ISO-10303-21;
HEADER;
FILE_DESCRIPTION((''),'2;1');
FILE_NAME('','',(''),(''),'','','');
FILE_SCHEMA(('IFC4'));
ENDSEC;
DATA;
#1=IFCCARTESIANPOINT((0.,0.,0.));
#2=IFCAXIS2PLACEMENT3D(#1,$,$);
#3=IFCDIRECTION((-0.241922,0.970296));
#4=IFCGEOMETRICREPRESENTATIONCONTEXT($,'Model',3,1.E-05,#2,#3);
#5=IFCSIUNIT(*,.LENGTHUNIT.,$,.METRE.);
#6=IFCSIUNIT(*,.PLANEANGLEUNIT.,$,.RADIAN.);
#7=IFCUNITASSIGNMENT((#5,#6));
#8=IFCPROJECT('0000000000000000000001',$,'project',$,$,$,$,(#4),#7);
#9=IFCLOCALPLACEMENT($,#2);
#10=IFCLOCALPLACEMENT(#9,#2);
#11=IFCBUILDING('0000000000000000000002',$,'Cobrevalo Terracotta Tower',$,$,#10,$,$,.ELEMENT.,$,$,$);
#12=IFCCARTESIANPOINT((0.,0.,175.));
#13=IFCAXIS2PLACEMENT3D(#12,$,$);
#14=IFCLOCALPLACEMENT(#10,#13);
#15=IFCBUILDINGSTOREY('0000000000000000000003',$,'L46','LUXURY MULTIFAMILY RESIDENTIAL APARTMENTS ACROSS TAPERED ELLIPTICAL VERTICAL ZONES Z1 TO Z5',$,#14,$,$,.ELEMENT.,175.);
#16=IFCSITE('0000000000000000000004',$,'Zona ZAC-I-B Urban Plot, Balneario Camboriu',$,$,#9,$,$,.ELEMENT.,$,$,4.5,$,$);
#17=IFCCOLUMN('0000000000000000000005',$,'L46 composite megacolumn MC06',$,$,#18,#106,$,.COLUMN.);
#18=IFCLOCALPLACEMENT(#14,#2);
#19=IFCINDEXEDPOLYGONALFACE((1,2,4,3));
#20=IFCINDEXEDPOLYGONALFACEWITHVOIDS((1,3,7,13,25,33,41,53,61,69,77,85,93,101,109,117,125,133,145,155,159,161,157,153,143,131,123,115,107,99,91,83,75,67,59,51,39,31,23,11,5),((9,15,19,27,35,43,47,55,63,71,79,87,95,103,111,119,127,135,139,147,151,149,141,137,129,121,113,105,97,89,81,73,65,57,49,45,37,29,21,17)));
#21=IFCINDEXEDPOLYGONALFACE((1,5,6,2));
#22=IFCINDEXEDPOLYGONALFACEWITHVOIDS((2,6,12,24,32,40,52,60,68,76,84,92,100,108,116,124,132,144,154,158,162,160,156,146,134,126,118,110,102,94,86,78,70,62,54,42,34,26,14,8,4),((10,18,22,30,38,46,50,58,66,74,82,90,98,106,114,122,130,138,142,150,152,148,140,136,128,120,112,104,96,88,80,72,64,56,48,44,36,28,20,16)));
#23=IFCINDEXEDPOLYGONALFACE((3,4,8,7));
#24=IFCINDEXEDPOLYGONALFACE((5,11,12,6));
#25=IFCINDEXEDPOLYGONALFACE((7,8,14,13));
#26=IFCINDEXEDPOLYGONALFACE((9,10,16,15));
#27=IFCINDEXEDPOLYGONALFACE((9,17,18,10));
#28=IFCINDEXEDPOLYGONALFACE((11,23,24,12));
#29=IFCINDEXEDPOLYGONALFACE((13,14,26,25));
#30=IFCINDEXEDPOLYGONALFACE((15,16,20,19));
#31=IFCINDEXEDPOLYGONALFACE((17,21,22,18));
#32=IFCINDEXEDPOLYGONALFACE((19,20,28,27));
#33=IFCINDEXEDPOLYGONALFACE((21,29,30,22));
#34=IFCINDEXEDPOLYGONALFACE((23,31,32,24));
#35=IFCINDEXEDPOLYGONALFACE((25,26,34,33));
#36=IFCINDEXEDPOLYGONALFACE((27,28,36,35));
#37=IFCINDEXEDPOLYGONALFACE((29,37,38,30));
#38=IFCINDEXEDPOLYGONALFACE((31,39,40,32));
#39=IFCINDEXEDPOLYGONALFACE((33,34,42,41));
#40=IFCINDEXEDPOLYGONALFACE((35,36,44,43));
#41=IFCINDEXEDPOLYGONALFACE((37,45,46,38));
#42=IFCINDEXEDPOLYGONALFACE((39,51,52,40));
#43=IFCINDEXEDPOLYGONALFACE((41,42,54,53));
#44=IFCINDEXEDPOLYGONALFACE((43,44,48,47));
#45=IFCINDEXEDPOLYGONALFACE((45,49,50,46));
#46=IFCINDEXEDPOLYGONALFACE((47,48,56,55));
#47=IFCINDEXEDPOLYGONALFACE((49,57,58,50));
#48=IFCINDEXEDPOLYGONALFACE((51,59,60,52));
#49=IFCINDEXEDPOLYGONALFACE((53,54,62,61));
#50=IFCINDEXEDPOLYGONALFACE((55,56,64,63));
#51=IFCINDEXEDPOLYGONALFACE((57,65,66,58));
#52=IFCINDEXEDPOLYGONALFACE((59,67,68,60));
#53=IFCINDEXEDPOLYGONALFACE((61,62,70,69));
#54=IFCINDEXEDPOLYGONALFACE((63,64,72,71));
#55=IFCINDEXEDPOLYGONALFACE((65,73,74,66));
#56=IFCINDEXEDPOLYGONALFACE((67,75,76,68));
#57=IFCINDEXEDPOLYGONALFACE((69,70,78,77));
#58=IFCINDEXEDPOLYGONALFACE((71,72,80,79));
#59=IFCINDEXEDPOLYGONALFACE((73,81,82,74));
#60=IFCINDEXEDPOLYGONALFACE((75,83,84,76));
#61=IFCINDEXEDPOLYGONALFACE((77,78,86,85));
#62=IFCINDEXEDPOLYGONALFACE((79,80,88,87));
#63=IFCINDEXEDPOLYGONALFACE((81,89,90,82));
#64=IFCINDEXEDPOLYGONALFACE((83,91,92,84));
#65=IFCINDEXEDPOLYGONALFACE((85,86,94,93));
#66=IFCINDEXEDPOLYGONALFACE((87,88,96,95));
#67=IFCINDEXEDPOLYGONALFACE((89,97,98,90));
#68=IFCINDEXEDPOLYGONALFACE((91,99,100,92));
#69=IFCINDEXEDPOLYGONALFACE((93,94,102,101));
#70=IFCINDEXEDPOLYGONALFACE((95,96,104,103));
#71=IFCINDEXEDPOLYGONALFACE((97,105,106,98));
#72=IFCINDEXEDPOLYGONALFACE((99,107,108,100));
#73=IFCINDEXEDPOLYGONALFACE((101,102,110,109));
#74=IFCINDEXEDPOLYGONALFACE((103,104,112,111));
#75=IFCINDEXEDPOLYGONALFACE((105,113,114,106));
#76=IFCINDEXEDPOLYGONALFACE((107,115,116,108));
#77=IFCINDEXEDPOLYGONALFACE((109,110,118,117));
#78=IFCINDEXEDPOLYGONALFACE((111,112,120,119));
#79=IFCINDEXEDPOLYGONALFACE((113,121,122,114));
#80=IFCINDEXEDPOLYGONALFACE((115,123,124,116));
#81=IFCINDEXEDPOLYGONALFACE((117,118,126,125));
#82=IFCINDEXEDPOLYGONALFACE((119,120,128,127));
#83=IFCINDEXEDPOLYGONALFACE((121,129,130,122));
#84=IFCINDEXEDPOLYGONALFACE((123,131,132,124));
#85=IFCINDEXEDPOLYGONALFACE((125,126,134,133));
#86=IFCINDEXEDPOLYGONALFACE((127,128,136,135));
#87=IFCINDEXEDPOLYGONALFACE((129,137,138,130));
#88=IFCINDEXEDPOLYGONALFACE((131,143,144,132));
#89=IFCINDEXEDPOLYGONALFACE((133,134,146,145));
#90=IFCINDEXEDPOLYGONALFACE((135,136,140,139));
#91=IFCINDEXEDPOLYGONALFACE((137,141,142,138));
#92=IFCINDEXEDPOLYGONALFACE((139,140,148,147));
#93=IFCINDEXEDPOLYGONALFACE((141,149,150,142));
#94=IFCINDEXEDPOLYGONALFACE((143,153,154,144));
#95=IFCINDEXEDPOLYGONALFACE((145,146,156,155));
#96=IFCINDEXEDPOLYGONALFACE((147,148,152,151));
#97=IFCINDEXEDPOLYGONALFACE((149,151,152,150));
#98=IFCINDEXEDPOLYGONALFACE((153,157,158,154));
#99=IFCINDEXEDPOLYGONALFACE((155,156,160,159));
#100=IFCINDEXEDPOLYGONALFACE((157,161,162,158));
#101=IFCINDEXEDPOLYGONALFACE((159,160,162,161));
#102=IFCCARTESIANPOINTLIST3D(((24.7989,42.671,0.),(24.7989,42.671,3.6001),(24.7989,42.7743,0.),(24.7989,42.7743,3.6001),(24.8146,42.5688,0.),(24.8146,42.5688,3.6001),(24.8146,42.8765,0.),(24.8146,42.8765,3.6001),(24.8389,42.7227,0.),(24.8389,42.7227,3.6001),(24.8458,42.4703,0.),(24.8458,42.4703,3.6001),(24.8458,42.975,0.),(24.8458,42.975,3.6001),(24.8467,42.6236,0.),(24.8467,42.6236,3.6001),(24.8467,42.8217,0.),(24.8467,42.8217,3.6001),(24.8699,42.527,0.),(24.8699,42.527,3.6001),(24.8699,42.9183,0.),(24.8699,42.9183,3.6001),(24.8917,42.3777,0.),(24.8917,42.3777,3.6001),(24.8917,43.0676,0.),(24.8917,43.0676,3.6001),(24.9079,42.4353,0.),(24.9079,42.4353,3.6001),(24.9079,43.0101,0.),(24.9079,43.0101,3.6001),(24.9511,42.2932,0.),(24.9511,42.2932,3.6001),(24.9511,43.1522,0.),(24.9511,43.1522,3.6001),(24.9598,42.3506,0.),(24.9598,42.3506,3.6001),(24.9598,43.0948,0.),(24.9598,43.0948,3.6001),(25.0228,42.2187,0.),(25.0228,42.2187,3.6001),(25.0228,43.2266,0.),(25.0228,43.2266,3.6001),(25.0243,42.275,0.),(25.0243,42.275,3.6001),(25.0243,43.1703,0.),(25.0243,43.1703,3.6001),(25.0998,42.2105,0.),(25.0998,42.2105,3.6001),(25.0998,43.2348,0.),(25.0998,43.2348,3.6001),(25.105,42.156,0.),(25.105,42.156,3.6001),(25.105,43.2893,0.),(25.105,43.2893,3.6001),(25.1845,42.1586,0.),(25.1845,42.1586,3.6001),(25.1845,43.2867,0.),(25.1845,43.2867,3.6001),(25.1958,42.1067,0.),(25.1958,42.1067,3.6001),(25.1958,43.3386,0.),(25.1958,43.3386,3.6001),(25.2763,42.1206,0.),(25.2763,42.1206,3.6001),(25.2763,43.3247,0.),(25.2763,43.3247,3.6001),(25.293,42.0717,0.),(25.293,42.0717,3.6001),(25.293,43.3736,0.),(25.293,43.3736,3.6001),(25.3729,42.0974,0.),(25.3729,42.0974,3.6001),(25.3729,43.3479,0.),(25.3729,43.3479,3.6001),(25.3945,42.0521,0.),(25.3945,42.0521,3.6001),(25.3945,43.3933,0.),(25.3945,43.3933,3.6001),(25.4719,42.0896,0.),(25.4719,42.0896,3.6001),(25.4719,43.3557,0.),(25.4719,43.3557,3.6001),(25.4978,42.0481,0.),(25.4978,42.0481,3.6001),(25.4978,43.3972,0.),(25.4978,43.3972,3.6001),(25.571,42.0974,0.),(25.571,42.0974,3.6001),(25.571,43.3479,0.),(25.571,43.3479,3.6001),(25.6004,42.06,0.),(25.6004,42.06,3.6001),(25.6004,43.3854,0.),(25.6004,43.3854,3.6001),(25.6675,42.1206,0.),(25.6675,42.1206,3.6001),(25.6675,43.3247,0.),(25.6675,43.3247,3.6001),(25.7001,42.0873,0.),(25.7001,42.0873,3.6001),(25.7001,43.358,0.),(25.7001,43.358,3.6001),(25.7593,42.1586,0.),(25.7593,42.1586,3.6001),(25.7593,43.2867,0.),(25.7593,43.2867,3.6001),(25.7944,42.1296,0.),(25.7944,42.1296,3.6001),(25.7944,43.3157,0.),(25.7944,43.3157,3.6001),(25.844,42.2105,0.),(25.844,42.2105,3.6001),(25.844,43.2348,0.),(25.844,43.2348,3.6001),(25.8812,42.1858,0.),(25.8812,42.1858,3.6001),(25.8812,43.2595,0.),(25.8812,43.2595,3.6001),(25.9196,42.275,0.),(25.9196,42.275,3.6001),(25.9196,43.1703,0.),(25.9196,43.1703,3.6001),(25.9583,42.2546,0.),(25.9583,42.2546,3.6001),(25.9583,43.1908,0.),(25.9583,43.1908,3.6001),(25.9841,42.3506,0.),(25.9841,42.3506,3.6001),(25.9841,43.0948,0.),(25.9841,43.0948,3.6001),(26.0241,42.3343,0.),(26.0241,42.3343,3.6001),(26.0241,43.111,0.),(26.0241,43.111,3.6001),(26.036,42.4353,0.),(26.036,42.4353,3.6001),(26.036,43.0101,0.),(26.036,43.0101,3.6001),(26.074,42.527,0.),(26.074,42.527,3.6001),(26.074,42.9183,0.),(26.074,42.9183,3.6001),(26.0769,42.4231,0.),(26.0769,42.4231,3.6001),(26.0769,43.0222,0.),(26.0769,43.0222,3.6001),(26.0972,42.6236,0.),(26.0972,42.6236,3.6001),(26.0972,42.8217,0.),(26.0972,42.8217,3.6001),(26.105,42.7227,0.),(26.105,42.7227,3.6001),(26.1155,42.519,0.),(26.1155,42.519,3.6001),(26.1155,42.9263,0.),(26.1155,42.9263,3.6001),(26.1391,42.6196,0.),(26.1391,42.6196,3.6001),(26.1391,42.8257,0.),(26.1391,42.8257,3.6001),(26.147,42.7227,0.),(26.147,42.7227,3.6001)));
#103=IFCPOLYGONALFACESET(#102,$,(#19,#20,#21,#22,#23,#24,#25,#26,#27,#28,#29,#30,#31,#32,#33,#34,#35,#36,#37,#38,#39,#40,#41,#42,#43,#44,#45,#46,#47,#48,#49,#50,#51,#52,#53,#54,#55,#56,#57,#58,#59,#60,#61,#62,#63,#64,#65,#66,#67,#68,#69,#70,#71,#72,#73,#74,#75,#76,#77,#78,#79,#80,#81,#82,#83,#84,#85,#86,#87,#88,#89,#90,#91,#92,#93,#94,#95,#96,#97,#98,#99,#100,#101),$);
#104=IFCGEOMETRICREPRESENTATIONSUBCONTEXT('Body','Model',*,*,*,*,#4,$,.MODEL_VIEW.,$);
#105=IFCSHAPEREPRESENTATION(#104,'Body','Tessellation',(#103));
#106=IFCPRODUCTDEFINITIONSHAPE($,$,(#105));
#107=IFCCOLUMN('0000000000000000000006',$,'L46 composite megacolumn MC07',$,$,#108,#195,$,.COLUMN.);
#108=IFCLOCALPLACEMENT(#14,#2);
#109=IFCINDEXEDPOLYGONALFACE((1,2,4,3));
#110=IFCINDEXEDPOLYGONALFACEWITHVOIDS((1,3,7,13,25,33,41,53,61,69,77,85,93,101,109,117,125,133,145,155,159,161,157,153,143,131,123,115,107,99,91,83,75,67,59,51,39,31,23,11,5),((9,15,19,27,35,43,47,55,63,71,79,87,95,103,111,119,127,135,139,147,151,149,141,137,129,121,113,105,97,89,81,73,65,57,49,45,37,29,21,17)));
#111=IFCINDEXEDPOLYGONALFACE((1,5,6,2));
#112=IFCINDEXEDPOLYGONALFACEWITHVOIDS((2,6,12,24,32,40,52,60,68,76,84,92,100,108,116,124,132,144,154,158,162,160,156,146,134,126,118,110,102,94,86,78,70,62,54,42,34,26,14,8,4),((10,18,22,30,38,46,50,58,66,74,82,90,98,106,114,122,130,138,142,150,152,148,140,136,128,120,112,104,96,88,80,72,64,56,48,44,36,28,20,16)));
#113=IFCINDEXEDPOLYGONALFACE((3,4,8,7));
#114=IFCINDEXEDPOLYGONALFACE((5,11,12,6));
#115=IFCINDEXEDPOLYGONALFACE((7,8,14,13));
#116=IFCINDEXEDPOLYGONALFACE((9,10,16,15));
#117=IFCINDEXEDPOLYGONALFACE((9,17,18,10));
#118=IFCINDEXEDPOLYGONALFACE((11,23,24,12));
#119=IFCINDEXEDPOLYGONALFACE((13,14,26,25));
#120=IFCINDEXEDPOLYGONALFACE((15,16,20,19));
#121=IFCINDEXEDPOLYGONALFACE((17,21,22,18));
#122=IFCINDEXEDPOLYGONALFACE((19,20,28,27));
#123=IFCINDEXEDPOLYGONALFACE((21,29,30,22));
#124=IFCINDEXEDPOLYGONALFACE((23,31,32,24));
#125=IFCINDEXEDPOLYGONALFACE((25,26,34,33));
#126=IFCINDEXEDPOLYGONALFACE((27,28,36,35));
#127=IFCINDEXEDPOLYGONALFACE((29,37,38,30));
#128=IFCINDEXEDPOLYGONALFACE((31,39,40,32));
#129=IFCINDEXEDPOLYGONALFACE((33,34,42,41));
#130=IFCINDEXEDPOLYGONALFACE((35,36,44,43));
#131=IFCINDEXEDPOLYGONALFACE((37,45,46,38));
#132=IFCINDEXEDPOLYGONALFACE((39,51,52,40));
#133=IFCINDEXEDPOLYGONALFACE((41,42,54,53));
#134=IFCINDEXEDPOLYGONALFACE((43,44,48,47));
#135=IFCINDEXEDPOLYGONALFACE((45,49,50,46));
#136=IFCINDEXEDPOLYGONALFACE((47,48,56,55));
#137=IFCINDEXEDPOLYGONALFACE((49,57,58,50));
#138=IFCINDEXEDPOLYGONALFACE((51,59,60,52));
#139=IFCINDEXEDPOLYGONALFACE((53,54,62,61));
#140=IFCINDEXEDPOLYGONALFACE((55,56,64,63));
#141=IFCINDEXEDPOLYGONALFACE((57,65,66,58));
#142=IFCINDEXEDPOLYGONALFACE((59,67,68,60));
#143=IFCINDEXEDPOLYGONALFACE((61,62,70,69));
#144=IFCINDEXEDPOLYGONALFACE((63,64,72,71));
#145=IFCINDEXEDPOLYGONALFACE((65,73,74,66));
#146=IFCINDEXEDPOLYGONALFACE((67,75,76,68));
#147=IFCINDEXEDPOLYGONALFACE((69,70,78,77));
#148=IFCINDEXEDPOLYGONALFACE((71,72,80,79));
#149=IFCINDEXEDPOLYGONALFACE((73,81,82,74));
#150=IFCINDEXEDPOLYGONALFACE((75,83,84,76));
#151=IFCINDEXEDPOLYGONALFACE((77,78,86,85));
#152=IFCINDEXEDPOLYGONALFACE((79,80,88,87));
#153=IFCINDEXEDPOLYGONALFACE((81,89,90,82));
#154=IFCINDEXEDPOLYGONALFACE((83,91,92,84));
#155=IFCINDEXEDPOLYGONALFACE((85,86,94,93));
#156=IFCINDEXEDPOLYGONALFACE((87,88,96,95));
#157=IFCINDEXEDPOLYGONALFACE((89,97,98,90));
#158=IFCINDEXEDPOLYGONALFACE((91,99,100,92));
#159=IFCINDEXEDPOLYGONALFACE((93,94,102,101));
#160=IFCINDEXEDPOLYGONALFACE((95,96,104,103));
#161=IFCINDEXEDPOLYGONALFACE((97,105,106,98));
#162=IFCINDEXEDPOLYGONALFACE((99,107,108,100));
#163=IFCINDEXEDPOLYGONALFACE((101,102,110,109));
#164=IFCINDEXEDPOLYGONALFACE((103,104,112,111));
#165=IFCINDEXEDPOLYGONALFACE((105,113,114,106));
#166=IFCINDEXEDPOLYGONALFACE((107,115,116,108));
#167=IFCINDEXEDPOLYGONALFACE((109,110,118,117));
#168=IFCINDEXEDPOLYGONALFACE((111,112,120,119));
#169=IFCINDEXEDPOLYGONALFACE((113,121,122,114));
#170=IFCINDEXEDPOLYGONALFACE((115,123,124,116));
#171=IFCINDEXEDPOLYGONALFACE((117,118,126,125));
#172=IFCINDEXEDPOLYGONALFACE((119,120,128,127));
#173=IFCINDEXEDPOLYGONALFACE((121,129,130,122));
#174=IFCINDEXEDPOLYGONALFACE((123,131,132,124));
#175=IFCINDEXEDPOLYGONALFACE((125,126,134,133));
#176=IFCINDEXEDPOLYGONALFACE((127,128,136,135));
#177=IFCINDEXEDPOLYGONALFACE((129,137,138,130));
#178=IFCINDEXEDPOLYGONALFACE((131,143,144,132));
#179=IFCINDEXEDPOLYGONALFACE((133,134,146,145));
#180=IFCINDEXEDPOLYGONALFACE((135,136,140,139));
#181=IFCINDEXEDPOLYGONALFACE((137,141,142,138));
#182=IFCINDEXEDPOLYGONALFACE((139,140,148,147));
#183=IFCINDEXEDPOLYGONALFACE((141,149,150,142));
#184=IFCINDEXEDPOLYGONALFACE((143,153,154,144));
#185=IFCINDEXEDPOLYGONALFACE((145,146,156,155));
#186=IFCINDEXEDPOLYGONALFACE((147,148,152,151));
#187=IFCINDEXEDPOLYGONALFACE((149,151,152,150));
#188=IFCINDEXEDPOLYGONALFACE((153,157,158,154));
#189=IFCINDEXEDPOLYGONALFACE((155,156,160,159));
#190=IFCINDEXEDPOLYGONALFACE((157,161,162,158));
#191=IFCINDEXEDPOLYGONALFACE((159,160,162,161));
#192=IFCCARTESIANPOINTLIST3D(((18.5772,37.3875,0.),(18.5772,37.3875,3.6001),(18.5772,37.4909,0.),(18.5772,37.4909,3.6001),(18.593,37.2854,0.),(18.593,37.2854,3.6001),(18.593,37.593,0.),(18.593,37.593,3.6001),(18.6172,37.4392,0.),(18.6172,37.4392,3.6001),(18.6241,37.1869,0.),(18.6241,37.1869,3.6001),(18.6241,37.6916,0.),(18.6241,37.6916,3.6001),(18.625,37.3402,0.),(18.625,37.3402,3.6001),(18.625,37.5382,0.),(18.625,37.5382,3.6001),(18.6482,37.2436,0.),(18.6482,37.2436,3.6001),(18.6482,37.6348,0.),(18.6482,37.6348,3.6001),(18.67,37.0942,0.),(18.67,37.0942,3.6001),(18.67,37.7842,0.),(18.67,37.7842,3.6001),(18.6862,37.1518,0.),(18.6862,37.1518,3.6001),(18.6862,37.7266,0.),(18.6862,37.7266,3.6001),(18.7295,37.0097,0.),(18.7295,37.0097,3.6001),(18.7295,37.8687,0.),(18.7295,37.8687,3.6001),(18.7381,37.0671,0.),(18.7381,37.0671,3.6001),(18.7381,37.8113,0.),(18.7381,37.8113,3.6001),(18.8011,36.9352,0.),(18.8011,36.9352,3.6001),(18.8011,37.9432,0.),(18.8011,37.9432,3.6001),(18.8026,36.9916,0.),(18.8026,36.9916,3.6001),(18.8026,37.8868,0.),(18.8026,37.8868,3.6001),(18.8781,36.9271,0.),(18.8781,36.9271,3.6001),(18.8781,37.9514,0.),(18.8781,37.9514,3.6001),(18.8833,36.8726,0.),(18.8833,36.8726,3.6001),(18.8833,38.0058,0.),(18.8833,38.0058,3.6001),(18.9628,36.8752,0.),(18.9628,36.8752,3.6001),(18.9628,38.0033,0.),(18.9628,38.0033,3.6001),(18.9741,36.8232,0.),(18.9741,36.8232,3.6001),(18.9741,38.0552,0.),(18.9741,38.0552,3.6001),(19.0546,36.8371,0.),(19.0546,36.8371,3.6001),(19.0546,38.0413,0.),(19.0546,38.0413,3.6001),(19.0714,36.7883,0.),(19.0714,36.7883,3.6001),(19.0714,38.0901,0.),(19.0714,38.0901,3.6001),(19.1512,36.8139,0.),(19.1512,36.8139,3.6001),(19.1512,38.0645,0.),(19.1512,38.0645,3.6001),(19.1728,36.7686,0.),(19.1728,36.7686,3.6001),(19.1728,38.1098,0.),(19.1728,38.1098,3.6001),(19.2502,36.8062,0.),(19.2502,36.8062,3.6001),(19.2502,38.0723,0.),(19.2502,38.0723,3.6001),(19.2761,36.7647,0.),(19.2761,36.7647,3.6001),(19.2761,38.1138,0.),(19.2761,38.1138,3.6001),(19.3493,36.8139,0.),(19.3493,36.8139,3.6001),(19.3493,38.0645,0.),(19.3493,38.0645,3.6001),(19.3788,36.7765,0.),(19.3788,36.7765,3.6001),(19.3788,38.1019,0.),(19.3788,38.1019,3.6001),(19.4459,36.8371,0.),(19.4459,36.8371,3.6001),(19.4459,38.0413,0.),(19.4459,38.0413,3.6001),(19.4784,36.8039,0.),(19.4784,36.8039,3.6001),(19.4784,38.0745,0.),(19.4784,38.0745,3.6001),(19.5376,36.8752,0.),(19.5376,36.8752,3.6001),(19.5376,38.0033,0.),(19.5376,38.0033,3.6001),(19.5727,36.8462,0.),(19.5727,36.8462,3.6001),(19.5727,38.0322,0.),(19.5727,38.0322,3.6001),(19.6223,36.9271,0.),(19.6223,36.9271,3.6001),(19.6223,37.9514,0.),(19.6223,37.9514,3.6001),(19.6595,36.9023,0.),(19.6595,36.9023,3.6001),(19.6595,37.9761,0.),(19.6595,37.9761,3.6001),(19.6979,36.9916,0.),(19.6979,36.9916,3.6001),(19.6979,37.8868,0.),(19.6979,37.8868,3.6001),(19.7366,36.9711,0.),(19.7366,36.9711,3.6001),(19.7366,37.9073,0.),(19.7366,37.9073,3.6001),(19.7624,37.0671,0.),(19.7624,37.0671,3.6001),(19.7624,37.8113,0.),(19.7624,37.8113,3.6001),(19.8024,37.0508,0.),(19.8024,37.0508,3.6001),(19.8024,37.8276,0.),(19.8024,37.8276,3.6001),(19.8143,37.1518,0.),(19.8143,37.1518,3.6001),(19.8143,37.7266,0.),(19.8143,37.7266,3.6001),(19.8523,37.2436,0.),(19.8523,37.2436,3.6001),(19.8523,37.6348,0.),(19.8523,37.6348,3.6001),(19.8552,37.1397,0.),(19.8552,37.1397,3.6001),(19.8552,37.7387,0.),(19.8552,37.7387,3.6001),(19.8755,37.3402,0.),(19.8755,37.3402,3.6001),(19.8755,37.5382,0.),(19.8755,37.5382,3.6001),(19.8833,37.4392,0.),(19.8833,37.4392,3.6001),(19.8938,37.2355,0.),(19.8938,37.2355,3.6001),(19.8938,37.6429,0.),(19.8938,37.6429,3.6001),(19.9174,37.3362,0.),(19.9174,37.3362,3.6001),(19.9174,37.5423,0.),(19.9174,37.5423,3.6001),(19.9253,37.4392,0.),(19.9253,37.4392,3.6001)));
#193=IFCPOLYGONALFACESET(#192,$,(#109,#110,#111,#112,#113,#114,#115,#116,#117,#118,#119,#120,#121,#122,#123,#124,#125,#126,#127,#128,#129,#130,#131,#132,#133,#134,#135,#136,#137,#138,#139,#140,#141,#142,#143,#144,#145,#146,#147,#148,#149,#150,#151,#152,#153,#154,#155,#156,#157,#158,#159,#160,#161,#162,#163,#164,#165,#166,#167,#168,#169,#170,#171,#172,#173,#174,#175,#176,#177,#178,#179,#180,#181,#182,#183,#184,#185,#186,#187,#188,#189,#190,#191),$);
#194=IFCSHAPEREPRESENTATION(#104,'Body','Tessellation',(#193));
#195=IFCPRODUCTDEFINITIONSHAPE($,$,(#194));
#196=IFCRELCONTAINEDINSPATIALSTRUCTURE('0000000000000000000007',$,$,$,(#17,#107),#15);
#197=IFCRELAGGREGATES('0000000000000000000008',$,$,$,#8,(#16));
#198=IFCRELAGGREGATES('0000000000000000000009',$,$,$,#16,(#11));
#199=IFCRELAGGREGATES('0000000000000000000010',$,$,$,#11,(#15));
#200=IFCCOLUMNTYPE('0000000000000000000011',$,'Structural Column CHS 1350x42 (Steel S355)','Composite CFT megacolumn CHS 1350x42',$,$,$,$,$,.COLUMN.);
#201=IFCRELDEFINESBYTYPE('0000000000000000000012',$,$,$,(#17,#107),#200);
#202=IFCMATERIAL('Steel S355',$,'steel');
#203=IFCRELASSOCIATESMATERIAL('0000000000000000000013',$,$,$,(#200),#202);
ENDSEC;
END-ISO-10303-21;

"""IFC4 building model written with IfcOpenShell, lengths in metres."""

from ifc_helpers import new_model, si_unit, direction, frame, origin, origin_2d, place, context, subcontext, project, spatial, hollow_circle, extrude, material, material_profile, profile_set, type_object, element, save


model = new_model("IFC4")

# Units and contexts
model_context = context("Model", 3, precision=1e-05, world=origin(), true_north=direction((-0.241922, 0.970296)))
body_context = subcontext(model_context, "Body", "Model", "MODEL_VIEW")
ifc_project = project(units=[si_unit("LENGTHUNIT", "METRE"), si_unit("PLANEANGLEUNIT", "RADIAN")], contexts=[model_context])

# Site, building, storey
site_placement = place(None, origin())
site = spatial("IfcSite", under=ifc_project, at=site_placement, Name="Zona ZAC-I-B Urban Plot, Balneario Camboriu", CompositionType="ELEMENT", RefElevation=4.5)
building_placement = place(site_placement, origin())
building = spatial("IfcBuilding", under=site, at=building_placement, Name="Cobrevalo Terracotta Tower", CompositionType="ELEMENT")
storey_placement = place(building_placement, frame((0.0, 0.0, 175.0)))
storey = spatial("IfcBuildingStorey", under=building, at=storey_placement, Name="L46", Description="LUXURY MULTIFAMILY RESIDENTIAL APARTMENTS ACROSS TAPERED ELLIPTICAL VERTICAL ZONES Z1 TO Z5", CompositionType="ELEMENT", Elevation=175.0)

# Columns
ifc_material_1 = material(Name="Steel S355", Category="steel")
ifc_material_profile_1 = material_profile(ifc_material_1, hollow_circle(Radius=0.675, WallThickness=0.042, at=origin_2d()), Name="CHS 1350x42")
ifc_profile_set_1 = profile_set([ifc_material_profile_1], Name="Steel S355")
column_type = type_object("IfcColumnType", Name="Structural Column CHS 1350x42 (Steel S355)", Description="Composite CFT megacolumn CHS 1350x42", PredefinedType="COLUMN", material=ifc_profile_set_1)
for number, where, z_axis, x_axis, name in (
    (1, (25.4719, 42.7227, 0.0), (0.0, 0.0, 1.0), (1.0, 0.0, 0.0), "L46 composite megacolumn MC06"),
    (2, (19.2502, 37.4392, 0.0), (0.0, 0.0, 1.0), (1.0, 0.0, 0.0), "L46 composite megacolumn MC07"),
):
    element("IfcColumn", number, at=place(storey_placement, frame(where, z_axis=z_axis, x_axis=x_axis)), inside=storey, type_object=column_type, Name=name, PredefinedType="COLUMN", context=body_context, shape_type="SweptSolid", body=[
        extrude(hollow_circle(Radius=0.675, WallThickness=0.042, at=origin_2d()), origin(), (0.0, 0.0, 1.0), 3.6001),
    ])

save(model, "model.ifc")
